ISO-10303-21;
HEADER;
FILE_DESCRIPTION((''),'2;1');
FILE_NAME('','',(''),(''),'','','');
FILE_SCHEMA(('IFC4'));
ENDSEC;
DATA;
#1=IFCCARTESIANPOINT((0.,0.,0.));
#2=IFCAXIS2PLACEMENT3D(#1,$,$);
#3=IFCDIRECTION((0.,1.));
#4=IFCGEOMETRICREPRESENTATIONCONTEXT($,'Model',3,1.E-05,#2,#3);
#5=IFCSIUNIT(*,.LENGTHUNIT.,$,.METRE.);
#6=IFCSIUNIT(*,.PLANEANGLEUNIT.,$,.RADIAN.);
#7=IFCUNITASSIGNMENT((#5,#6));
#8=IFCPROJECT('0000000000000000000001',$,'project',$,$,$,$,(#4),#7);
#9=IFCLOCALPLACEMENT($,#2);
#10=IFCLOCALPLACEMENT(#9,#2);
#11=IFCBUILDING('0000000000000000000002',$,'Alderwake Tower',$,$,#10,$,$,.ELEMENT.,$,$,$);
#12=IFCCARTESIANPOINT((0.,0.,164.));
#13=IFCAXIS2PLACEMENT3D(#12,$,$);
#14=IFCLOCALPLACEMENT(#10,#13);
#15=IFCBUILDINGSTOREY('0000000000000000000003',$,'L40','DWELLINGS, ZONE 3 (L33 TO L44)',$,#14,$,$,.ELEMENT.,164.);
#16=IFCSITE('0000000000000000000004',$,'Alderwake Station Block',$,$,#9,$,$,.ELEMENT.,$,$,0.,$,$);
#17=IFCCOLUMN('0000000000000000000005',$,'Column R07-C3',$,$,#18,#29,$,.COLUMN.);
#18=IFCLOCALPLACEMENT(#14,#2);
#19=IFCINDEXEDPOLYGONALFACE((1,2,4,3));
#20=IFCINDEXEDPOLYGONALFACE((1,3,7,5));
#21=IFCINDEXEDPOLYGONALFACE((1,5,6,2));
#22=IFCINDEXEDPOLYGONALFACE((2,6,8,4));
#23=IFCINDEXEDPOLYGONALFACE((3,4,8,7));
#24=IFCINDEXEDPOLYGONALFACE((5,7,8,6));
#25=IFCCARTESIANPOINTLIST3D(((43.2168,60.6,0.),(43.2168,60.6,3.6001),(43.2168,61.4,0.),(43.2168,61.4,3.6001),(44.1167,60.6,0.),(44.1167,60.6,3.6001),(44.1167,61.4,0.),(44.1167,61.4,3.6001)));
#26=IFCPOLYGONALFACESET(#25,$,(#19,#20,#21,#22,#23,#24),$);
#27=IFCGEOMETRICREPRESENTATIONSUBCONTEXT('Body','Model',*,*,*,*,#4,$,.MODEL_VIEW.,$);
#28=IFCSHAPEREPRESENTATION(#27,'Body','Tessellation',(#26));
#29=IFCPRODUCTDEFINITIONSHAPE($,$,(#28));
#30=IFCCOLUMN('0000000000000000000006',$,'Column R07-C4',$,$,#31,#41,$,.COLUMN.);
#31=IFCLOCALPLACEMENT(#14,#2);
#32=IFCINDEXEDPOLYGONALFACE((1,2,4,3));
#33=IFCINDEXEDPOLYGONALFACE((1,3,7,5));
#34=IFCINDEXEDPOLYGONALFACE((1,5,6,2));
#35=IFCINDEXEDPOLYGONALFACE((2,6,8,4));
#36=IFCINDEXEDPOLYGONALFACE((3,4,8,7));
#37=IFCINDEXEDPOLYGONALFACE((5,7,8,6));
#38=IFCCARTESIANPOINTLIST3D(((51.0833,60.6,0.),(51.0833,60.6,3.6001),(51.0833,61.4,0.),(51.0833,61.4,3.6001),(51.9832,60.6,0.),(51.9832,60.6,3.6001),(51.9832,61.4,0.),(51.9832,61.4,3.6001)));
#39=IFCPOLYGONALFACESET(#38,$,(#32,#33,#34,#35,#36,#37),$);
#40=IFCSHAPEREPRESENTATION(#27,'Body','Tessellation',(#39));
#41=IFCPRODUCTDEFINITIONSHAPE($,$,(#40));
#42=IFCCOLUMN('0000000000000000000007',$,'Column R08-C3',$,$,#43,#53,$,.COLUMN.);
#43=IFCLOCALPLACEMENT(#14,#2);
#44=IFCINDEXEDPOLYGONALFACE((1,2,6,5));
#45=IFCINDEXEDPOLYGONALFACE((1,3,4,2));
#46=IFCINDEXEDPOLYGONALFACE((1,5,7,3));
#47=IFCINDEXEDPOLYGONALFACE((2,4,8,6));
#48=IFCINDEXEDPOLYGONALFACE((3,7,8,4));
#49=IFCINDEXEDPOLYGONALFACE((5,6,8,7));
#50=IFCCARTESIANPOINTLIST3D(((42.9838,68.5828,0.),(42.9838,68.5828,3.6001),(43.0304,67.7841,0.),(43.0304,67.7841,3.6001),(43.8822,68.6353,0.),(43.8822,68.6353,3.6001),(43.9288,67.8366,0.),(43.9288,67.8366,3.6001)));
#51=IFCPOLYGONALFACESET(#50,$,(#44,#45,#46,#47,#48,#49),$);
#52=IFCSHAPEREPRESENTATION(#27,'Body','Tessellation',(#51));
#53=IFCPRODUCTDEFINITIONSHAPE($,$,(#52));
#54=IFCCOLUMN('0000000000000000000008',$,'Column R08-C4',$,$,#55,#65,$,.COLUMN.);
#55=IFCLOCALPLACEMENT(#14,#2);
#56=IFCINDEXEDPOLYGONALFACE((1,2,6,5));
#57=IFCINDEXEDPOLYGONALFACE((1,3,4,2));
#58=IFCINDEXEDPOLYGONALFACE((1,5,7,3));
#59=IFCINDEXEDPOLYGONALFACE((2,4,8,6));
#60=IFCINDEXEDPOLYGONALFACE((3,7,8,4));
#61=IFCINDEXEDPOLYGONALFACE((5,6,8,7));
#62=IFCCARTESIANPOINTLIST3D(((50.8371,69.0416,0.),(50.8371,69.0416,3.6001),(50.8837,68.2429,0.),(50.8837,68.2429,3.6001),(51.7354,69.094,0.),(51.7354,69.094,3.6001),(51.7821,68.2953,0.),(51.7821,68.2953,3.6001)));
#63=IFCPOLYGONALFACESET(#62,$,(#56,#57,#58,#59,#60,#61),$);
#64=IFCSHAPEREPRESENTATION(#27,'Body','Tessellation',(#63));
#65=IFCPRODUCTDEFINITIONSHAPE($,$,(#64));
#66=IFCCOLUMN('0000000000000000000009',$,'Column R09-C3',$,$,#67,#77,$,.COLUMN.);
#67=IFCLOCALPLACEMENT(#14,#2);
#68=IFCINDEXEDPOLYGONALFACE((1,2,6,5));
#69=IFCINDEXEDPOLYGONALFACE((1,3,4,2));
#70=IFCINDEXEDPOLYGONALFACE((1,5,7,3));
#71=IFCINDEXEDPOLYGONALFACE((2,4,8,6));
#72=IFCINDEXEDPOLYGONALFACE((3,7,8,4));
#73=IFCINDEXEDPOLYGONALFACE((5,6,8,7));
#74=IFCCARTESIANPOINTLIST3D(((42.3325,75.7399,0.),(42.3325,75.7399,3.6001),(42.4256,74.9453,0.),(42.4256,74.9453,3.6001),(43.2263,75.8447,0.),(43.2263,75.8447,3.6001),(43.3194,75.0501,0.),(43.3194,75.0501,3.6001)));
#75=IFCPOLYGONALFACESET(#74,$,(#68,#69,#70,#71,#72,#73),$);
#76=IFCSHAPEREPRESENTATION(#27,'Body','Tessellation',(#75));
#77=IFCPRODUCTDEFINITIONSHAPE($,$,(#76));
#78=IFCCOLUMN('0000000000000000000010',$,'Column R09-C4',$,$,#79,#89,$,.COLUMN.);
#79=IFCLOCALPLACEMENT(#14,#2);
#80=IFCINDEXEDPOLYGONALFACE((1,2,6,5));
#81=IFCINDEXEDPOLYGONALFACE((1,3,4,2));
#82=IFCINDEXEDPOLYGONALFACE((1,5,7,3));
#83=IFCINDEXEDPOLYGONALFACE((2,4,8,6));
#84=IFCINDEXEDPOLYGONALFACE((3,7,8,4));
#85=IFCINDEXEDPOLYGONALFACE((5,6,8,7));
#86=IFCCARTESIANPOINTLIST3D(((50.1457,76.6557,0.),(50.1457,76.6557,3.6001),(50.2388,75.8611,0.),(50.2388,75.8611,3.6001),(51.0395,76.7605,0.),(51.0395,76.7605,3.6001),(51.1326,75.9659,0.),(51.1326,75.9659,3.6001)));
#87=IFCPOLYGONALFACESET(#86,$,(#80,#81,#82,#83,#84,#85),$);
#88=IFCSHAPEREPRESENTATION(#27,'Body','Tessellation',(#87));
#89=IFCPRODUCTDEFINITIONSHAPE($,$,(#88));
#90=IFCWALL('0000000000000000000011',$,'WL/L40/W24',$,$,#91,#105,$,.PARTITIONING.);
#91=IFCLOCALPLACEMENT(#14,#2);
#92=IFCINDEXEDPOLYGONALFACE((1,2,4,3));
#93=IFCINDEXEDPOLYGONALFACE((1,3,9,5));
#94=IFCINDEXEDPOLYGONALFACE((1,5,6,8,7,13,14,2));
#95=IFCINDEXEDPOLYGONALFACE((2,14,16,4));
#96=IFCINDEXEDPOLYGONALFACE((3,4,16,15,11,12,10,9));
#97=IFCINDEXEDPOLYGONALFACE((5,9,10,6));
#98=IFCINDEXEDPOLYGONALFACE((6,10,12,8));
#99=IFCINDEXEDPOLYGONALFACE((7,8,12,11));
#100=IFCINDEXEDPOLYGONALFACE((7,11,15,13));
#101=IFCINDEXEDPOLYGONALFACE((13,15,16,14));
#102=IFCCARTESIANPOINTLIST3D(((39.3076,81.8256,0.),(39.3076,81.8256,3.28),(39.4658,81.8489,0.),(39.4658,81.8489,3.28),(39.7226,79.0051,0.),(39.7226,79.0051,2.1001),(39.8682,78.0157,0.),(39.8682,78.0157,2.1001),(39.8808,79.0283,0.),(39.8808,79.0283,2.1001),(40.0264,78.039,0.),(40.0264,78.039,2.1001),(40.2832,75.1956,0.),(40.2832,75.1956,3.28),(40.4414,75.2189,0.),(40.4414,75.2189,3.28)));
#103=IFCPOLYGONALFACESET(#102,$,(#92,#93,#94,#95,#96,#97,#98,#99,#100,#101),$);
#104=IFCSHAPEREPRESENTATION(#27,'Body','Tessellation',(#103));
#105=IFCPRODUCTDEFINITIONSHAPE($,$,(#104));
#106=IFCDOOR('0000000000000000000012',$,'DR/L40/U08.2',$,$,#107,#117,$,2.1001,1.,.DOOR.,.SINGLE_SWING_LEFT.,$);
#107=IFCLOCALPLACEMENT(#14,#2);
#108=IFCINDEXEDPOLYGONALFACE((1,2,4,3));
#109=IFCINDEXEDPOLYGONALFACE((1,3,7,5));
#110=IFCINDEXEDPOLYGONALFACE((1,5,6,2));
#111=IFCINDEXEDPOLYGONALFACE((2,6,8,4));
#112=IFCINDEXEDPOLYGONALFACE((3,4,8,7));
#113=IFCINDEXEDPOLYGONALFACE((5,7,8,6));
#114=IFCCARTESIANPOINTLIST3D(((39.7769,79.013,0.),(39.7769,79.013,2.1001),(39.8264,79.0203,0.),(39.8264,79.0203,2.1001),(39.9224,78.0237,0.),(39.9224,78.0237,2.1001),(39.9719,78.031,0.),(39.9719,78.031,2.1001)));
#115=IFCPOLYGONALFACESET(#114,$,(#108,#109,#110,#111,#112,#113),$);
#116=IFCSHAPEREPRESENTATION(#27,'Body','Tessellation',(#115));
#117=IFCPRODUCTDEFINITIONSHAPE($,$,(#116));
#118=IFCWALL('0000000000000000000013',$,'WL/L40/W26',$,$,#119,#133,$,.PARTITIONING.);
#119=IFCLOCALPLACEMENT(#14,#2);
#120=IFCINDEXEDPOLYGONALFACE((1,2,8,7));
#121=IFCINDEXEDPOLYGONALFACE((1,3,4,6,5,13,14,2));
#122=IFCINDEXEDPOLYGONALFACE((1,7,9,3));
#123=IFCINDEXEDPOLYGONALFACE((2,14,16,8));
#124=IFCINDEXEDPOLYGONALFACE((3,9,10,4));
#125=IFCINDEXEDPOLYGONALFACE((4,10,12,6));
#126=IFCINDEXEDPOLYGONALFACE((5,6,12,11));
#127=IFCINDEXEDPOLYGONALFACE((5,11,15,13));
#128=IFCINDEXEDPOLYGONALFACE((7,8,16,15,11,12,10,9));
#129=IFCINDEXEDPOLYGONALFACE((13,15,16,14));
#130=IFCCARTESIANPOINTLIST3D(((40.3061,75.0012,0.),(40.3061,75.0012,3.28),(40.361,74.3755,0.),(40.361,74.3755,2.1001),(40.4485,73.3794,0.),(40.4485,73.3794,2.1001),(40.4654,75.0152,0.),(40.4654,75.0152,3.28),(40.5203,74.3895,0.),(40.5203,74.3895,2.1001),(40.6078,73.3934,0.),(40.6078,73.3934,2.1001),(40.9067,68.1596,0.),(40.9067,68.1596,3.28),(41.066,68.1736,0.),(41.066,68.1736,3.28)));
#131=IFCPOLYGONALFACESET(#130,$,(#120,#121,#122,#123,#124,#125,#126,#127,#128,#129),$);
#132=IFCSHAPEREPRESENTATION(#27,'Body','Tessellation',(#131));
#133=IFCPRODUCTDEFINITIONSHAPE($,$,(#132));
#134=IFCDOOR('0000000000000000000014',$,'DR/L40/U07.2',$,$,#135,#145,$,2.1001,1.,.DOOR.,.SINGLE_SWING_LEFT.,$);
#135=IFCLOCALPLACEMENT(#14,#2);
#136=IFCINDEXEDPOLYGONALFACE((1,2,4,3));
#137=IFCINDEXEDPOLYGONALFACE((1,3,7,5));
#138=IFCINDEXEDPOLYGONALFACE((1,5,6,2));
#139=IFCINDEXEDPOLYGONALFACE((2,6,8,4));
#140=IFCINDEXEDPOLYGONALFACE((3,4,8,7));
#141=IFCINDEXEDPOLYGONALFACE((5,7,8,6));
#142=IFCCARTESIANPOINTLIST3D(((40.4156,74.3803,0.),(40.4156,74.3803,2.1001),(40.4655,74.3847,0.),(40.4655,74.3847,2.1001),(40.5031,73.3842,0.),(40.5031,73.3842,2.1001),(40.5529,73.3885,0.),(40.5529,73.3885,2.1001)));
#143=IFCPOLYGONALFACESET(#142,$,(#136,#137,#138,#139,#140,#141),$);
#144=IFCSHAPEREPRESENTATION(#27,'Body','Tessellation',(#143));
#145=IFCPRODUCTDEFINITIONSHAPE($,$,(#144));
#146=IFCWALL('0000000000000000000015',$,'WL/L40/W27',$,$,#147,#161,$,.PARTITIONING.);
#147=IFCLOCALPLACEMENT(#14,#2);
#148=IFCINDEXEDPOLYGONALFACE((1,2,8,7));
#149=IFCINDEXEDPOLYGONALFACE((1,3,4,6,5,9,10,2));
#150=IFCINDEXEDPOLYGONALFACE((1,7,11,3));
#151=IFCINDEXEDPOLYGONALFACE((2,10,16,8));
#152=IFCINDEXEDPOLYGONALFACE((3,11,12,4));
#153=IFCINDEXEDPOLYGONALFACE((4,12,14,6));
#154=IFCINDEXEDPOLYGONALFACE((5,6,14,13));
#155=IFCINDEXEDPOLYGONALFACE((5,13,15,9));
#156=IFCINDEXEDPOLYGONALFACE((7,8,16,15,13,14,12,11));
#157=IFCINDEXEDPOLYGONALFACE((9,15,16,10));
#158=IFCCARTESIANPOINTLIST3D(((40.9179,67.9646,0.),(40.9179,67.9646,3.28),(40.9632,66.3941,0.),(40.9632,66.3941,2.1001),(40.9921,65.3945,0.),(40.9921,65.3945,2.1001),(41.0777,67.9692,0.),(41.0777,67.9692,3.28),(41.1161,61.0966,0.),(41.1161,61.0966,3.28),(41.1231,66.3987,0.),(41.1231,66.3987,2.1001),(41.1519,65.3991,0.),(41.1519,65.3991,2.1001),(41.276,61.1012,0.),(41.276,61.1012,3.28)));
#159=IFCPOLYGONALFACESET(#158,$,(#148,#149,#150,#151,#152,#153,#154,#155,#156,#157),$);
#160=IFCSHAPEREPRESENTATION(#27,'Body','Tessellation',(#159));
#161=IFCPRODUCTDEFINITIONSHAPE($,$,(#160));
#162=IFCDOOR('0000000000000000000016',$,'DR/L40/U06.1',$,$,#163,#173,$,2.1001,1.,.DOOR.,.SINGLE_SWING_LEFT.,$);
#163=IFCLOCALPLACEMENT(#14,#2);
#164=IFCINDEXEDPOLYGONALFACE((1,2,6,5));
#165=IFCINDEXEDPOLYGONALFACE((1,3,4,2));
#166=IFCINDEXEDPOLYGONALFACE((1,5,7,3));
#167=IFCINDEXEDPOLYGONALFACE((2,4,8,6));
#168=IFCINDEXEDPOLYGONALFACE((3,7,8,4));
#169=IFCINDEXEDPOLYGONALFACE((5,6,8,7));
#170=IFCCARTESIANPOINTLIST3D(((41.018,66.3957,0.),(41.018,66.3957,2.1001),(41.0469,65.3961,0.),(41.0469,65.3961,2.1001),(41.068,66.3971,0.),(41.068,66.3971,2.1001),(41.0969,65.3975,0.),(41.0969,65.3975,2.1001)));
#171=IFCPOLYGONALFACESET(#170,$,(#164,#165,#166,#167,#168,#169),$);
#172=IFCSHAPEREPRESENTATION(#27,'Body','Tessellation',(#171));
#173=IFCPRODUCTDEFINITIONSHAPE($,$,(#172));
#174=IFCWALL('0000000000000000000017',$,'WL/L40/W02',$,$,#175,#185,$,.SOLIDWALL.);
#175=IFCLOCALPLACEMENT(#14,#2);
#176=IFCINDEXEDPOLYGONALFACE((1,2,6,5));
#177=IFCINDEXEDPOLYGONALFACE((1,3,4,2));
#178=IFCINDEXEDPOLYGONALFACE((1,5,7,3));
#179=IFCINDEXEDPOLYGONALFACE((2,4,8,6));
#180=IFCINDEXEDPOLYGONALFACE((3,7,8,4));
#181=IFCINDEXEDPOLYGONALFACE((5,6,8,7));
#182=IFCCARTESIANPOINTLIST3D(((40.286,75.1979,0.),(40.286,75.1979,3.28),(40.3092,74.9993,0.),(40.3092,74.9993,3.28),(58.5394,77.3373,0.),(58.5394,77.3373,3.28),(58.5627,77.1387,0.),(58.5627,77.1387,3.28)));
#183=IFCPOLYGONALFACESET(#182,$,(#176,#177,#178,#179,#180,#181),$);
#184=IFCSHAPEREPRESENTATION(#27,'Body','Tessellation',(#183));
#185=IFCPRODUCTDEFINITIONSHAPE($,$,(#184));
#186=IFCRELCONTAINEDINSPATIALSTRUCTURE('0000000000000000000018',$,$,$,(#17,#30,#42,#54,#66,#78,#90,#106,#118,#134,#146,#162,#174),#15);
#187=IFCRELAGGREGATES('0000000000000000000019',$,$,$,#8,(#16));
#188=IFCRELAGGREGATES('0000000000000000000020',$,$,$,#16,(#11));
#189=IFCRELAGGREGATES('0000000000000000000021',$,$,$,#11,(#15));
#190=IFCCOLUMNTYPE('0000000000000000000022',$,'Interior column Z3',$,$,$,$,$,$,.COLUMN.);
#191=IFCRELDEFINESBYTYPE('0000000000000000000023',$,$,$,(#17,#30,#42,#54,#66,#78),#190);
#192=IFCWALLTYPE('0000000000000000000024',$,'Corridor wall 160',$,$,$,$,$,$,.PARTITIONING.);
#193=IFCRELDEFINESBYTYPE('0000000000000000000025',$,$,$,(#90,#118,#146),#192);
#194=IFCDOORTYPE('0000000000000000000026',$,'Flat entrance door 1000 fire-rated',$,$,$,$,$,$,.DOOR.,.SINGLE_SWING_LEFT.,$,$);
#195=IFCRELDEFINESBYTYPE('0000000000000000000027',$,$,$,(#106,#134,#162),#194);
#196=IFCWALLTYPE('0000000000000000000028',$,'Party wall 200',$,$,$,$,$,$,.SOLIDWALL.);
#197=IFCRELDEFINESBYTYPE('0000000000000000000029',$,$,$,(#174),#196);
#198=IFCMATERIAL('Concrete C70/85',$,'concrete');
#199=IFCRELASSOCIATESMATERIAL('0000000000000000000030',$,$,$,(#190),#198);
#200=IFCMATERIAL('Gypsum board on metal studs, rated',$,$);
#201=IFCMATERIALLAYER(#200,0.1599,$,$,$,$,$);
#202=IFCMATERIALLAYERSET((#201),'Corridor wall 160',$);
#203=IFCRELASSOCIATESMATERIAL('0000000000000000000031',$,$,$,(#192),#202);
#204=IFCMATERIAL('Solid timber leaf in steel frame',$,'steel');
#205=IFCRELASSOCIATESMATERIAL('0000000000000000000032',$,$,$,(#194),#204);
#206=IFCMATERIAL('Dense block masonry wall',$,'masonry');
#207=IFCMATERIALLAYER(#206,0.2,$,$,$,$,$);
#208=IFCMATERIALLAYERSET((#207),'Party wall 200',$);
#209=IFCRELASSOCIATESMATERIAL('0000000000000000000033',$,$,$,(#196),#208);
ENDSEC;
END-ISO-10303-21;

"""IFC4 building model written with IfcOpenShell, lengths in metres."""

from ifc_helpers import new_model, si_unit, direction, frame, frame_2d, origin, origin_2d, place, context, subcontext, project, spatial, rectangle, extrude, material, layer, layer_set, material_profile, profile_set, type_object, element, fill, save


model = new_model("IFC4")

# Units and contexts
model_context = context("Model", 3, precision=1e-05, world=origin(), true_north=direction((0.0, 1.0)))
body_context = subcontext(model_context, "Body", "Model", "MODEL_VIEW")
ifc_project = project(units=[si_unit("LENGTHUNIT", "METRE"), si_unit("PLANEANGLEUNIT", "RADIAN")], contexts=[model_context])

# Site, building, storey
site_placement = place(None, origin())
site = spatial("IfcSite", under=ifc_project, at=site_placement, Name="Alderwake Station Block", CompositionType="ELEMENT", RefElevation=0.0)
building_placement = place(site_placement, origin())
building = spatial("IfcBuilding", under=site, at=building_placement, Name="Alderwake Tower", CompositionType="ELEMENT")
storey_placement = place(building_placement, frame((0.0, 0.0, 164.0)))
storey = spatial("IfcBuildingStorey", under=building, at=storey_placement, Name="L40", Description="DWELLINGS, ZONE 3 (L33 TO L44)", CompositionType="ELEMENT", Elevation=164.0)

# Columns
ifc_material_1 = material(Name="Concrete C70/85", Category="concrete")
ifc_material_profile = material_profile(ifc_material_1, rectangle(XDim=0.8, YDim=0.8999, at=origin_2d()), Name="RC 900X800")
ifc_profile_set = profile_set([ifc_material_profile], Name="Concrete C70/85")
column_type = type_object("IfcColumnType", Name="Interior column Z3", PredefinedType="COLUMN", material=ifc_profile_set)
for number, where, z_axis, x_axis, name in (
    (1, (43.6667, 61.0, 0.0), (0.0, 0.0, 1.0), (0.0, 1.0, 0.0), "Column R07-C3"),
    (2, (51.5332, 61.0, 0.0), (0.0, 0.0, 1.0), (0.0, 1.0, 0.0), "Column R07-C4"),
    (3, (43.4563, 68.2097, 0.0), (0.0, 0.0, 1.0), (-0.058301, 0.998299, 0.0), "Column R08-C3"),
    (4, (51.3096, 68.6685, 0.0), (0.0, 0.0, 1.0), (-0.058299, 0.998299, 0.0), "Column R08-C4"),
    (5, (42.8259, 75.395, 0.0), (0.0, 0.0, 1.0), (-0.116402, 0.993202, 0.0), "Column R09-C3"),
    (6, (50.6392, 76.3108, 0.0), (0.0, 0.0, 1.0), (-0.116402, 0.993202, 0.0), "Column R09-C4"),
):
    element("IfcColumn", number, at=place(storey_placement, frame(where, z_axis=z_axis, x_axis=x_axis)), inside=storey, type_object=column_type, Name=name, PredefinedType="COLUMN", context=body_context, shape_type="SweptSolid", body=[
        extrude(rectangle(XDim=0.8, YDim=0.8999, at=origin_2d()), origin(), (0.0, 0.0, 1.0), 3.6001),
    ])

# Walls, openings, doors
ifc_material_2 = material(Name="Gypsum board on metal studs, rated")
ifc_layer_1 = layer(ifc_material_2, 0.1599)
ifc_layer_set_1 = layer_set([ifc_layer_1], Name="Corridor wall 160")
wall_type_1 = type_object("IfcWallType", Name="Corridor wall 160", PredefinedType="PARTITIONING", material=ifc_layer_set_1)
wall_1_placement = place(storey_placement, frame((39.3867, 81.8372, 0.0), z_axis=(0.0, 0.0, 1.0), x_axis=(0.145577, -0.989347, 0.0)))
wall_1 = element("IfcWall", 7, at=wall_1_placement, inside=storey, type_object=wall_type_1, Name="WL/L40/W24", PredefinedType="PARTITIONING", context=body_context, shape_type="SweptSolid", body=[
    extrude(rectangle(XDim=6.7014, YDim=0.1599, at=frame_2d((3.3506, 0.0))), origin(), (0.0, 0.0, 1.0), 3.28),
])
opening_1_placement = place(wall_1_placement, frame((2.8508, 0.0, 0.0)))
opening_1 = element("IfcOpeningElement", 8, at=opening_1_placement, cuts=wall_1, PredefinedType="OPENING", context=body_context, shape_type="SweptSolid", body=[
    extrude(rectangle(XDim=1.0, YDim=2.1001, at=frame_2d((0.5, 1.05))), frame((0.0, 0.0898, 0.0), z_axis=(0.0, -1.0, 0.0), x_axis=(1.0, 0.0, 0.0)), (0.0, 0.0, 1.0), 0.1799),
])
ifc_material_3 = material(Name="Solid timber leaf in steel frame", Category="steel")
door_type_1 = type_object("IfcDoorType", Name="Flat entrance door 1000 fire-rated", OperationType="SINGLE_SWING_LEFT", PredefinedType="DOOR", material=ifc_material_3)
door_1_placement = place(opening_1_placement, origin())
door_1 = element("IfcDoor", 9, at=door_1_placement, inside=storey, type_object=door_type_1, Name="DR/L40/U08.2", OperationType="SINGLE_SWING_LEFT", OverallHeight=2.1001, OverallWidth=1.0, PredefinedType="DOOR", context=body_context, shape_type="SweptSolid", body=[
    extrude(rectangle(XDim=1.0, YDim=2.1001, at=frame_2d((0.5, 1.05))), frame((0.0, 0.0249, 0.0), z_axis=(0.0, -1.0, 0.0), x_axis=(1.0, 0.0, 0.0)), (0.0, 0.0, 1.0), 0.05),
])
fill(opening_1, door_1)
wall_2_placement = place(storey_placement, frame((40.3857, 75.0083, 0.0), z_axis=(0.0, 0.0, 1.0), x_axis=(0.087449, -0.996169, 0.0)))
wall_2 = element("IfcWall", 10, at=wall_2_placement, inside=storey, type_object=wall_type_1, Name="WL/L40/W26", PredefinedType="PARTITIONING", context=body_context, shape_type="SweptSolid", body=[
    extrude(rectangle(XDim=6.8679, YDim=0.1599, at=frame_2d((3.4341, 0.0))), origin(), (0.0, 0.0, 1.0), 3.28),
])
opening_2_placement = place(wall_2_placement, frame((0.6282, 0.0, 0.0)))
opening_2 = element("IfcOpeningElement", 11, at=opening_2_placement, cuts=wall_2, PredefinedType="OPENING", context=body_context, shape_type="SweptSolid", body=[
    extrude(rectangle(XDim=1.0, YDim=2.1001, at=frame_2d((0.5, 1.05))), frame((0.0, 0.0898, 0.0), z_axis=(0.0, -1.0, 0.0), x_axis=(1.0, 0.0, 0.0)), (0.0, 0.0, 1.0), 0.1799),
])
door_2_placement = place(opening_2_placement, origin())
door_2 = element("IfcDoor", 12, at=door_2_placement, inside=storey, type_object=door_type_1, Name="DR/L40/U07.2", OperationType="SINGLE_SWING_LEFT", OverallHeight=2.1001, OverallWidth=1.0, PredefinedType="DOOR", context=body_context, shape_type="SweptSolid", body=[
    extrude(rectangle(XDim=1.0, YDim=2.1001, at=frame_2d((0.5, 1.05))), frame((0.0, 0.0249, 0.0), z_axis=(0.0, -1.0, 0.0), x_axis=(1.0, 0.0, 0.0)), (0.0, 0.0, 1.0), 0.05),
])
fill(opening_2, door_2)
wall_3_placement = place(storey_placement, frame((40.9978, 67.967, 0.0), z_axis=(0.0, 0.0, 1.0), x_axis=(0.028853, -0.999584, 0.0)))
wall_3 = element("IfcWall", 13, at=wall_3_placement, inside=storey, type_object=wall_type_1, Name="WL/L40/W27", PredefinedType="PARTITIONING", context=body_context, shape_type="SweptSolid", body=[
    extrude(rectangle(XDim=6.8708, YDim=0.1599, at=frame_2d((3.4355, 0.0))), origin(), (0.0, 0.0, 1.0), 3.28),
])
opening_3_placement = place(wall_3_placement, frame((1.5713, 0.0, 0.0)))
opening_3 = element("IfcOpeningElement", 14, at=opening_3_placement, cuts=wall_3, PredefinedType="OPENING", context=body_context, shape_type="SweptSolid", body=[
    extrude(rectangle(XDim=1.0, YDim=2.1001, at=frame_2d((0.5, 1.05))), frame((0.0, 0.0898, 0.0), z_axis=(0.0, -1.0, 0.0), x_axis=(1.0, 0.0, 0.0)), (0.0, 0.0, 1.0), 0.1799),
])
door_3_placement = place(opening_3_placement, origin())
door_3 = element("IfcDoor", 15, at=door_3_placement, inside=storey, type_object=door_type_1, Name="DR/L40/U06.1", OperationType="SINGLE_SWING_LEFT", OverallHeight=2.1001, OverallWidth=1.0, PredefinedType="DOOR", context=body_context, shape_type="SweptSolid", body=[
    extrude(rectangle(XDim=1.0, YDim=2.1001, at=frame_2d((0.5, 1.05))), frame((0.0, 0.0249, 0.0), z_axis=(0.0, -1.0, 0.0), x_axis=(1.0, 0.0, 0.0)), (0.0, 0.0, 1.0), 0.05),
])
fill(opening_3, door_3)

# Wall
ifc_material_4 = material(Name="Dense block masonry wall", Category="masonry")
ifc_layer_2 = layer(ifc_material_4, 0.2)
ifc_layer_set_2 = layer_set([ifc_layer_2], Name="Party wall 200")
wall_type_2 = type_object("IfcWallType", Name="Party wall 200", PredefinedType="SOLIDWALL", material=ifc_layer_set_2)
wall_4_placement = place(storey_placement, frame((40.2976, 75.0986, 0.0), z_axis=(0.0, 0.0, 1.0), x_axis=(0.993201, 0.116409, 0.0)))
element("IfcWall", 16, at=wall_4_placement, inside=storey, type_object=wall_type_2, Name="WL/L40/W02", PredefinedType="SOLIDWALL", context=body_context, shape_type="SweptSolid", body=[
    extrude(rectangle(XDim=18.3784, YDim=0.2, at=frame_2d((9.1892, 0.0))), origin(), (0.0, 0.0, 1.0), 3.28),
])

save(model, "model.ifc")
